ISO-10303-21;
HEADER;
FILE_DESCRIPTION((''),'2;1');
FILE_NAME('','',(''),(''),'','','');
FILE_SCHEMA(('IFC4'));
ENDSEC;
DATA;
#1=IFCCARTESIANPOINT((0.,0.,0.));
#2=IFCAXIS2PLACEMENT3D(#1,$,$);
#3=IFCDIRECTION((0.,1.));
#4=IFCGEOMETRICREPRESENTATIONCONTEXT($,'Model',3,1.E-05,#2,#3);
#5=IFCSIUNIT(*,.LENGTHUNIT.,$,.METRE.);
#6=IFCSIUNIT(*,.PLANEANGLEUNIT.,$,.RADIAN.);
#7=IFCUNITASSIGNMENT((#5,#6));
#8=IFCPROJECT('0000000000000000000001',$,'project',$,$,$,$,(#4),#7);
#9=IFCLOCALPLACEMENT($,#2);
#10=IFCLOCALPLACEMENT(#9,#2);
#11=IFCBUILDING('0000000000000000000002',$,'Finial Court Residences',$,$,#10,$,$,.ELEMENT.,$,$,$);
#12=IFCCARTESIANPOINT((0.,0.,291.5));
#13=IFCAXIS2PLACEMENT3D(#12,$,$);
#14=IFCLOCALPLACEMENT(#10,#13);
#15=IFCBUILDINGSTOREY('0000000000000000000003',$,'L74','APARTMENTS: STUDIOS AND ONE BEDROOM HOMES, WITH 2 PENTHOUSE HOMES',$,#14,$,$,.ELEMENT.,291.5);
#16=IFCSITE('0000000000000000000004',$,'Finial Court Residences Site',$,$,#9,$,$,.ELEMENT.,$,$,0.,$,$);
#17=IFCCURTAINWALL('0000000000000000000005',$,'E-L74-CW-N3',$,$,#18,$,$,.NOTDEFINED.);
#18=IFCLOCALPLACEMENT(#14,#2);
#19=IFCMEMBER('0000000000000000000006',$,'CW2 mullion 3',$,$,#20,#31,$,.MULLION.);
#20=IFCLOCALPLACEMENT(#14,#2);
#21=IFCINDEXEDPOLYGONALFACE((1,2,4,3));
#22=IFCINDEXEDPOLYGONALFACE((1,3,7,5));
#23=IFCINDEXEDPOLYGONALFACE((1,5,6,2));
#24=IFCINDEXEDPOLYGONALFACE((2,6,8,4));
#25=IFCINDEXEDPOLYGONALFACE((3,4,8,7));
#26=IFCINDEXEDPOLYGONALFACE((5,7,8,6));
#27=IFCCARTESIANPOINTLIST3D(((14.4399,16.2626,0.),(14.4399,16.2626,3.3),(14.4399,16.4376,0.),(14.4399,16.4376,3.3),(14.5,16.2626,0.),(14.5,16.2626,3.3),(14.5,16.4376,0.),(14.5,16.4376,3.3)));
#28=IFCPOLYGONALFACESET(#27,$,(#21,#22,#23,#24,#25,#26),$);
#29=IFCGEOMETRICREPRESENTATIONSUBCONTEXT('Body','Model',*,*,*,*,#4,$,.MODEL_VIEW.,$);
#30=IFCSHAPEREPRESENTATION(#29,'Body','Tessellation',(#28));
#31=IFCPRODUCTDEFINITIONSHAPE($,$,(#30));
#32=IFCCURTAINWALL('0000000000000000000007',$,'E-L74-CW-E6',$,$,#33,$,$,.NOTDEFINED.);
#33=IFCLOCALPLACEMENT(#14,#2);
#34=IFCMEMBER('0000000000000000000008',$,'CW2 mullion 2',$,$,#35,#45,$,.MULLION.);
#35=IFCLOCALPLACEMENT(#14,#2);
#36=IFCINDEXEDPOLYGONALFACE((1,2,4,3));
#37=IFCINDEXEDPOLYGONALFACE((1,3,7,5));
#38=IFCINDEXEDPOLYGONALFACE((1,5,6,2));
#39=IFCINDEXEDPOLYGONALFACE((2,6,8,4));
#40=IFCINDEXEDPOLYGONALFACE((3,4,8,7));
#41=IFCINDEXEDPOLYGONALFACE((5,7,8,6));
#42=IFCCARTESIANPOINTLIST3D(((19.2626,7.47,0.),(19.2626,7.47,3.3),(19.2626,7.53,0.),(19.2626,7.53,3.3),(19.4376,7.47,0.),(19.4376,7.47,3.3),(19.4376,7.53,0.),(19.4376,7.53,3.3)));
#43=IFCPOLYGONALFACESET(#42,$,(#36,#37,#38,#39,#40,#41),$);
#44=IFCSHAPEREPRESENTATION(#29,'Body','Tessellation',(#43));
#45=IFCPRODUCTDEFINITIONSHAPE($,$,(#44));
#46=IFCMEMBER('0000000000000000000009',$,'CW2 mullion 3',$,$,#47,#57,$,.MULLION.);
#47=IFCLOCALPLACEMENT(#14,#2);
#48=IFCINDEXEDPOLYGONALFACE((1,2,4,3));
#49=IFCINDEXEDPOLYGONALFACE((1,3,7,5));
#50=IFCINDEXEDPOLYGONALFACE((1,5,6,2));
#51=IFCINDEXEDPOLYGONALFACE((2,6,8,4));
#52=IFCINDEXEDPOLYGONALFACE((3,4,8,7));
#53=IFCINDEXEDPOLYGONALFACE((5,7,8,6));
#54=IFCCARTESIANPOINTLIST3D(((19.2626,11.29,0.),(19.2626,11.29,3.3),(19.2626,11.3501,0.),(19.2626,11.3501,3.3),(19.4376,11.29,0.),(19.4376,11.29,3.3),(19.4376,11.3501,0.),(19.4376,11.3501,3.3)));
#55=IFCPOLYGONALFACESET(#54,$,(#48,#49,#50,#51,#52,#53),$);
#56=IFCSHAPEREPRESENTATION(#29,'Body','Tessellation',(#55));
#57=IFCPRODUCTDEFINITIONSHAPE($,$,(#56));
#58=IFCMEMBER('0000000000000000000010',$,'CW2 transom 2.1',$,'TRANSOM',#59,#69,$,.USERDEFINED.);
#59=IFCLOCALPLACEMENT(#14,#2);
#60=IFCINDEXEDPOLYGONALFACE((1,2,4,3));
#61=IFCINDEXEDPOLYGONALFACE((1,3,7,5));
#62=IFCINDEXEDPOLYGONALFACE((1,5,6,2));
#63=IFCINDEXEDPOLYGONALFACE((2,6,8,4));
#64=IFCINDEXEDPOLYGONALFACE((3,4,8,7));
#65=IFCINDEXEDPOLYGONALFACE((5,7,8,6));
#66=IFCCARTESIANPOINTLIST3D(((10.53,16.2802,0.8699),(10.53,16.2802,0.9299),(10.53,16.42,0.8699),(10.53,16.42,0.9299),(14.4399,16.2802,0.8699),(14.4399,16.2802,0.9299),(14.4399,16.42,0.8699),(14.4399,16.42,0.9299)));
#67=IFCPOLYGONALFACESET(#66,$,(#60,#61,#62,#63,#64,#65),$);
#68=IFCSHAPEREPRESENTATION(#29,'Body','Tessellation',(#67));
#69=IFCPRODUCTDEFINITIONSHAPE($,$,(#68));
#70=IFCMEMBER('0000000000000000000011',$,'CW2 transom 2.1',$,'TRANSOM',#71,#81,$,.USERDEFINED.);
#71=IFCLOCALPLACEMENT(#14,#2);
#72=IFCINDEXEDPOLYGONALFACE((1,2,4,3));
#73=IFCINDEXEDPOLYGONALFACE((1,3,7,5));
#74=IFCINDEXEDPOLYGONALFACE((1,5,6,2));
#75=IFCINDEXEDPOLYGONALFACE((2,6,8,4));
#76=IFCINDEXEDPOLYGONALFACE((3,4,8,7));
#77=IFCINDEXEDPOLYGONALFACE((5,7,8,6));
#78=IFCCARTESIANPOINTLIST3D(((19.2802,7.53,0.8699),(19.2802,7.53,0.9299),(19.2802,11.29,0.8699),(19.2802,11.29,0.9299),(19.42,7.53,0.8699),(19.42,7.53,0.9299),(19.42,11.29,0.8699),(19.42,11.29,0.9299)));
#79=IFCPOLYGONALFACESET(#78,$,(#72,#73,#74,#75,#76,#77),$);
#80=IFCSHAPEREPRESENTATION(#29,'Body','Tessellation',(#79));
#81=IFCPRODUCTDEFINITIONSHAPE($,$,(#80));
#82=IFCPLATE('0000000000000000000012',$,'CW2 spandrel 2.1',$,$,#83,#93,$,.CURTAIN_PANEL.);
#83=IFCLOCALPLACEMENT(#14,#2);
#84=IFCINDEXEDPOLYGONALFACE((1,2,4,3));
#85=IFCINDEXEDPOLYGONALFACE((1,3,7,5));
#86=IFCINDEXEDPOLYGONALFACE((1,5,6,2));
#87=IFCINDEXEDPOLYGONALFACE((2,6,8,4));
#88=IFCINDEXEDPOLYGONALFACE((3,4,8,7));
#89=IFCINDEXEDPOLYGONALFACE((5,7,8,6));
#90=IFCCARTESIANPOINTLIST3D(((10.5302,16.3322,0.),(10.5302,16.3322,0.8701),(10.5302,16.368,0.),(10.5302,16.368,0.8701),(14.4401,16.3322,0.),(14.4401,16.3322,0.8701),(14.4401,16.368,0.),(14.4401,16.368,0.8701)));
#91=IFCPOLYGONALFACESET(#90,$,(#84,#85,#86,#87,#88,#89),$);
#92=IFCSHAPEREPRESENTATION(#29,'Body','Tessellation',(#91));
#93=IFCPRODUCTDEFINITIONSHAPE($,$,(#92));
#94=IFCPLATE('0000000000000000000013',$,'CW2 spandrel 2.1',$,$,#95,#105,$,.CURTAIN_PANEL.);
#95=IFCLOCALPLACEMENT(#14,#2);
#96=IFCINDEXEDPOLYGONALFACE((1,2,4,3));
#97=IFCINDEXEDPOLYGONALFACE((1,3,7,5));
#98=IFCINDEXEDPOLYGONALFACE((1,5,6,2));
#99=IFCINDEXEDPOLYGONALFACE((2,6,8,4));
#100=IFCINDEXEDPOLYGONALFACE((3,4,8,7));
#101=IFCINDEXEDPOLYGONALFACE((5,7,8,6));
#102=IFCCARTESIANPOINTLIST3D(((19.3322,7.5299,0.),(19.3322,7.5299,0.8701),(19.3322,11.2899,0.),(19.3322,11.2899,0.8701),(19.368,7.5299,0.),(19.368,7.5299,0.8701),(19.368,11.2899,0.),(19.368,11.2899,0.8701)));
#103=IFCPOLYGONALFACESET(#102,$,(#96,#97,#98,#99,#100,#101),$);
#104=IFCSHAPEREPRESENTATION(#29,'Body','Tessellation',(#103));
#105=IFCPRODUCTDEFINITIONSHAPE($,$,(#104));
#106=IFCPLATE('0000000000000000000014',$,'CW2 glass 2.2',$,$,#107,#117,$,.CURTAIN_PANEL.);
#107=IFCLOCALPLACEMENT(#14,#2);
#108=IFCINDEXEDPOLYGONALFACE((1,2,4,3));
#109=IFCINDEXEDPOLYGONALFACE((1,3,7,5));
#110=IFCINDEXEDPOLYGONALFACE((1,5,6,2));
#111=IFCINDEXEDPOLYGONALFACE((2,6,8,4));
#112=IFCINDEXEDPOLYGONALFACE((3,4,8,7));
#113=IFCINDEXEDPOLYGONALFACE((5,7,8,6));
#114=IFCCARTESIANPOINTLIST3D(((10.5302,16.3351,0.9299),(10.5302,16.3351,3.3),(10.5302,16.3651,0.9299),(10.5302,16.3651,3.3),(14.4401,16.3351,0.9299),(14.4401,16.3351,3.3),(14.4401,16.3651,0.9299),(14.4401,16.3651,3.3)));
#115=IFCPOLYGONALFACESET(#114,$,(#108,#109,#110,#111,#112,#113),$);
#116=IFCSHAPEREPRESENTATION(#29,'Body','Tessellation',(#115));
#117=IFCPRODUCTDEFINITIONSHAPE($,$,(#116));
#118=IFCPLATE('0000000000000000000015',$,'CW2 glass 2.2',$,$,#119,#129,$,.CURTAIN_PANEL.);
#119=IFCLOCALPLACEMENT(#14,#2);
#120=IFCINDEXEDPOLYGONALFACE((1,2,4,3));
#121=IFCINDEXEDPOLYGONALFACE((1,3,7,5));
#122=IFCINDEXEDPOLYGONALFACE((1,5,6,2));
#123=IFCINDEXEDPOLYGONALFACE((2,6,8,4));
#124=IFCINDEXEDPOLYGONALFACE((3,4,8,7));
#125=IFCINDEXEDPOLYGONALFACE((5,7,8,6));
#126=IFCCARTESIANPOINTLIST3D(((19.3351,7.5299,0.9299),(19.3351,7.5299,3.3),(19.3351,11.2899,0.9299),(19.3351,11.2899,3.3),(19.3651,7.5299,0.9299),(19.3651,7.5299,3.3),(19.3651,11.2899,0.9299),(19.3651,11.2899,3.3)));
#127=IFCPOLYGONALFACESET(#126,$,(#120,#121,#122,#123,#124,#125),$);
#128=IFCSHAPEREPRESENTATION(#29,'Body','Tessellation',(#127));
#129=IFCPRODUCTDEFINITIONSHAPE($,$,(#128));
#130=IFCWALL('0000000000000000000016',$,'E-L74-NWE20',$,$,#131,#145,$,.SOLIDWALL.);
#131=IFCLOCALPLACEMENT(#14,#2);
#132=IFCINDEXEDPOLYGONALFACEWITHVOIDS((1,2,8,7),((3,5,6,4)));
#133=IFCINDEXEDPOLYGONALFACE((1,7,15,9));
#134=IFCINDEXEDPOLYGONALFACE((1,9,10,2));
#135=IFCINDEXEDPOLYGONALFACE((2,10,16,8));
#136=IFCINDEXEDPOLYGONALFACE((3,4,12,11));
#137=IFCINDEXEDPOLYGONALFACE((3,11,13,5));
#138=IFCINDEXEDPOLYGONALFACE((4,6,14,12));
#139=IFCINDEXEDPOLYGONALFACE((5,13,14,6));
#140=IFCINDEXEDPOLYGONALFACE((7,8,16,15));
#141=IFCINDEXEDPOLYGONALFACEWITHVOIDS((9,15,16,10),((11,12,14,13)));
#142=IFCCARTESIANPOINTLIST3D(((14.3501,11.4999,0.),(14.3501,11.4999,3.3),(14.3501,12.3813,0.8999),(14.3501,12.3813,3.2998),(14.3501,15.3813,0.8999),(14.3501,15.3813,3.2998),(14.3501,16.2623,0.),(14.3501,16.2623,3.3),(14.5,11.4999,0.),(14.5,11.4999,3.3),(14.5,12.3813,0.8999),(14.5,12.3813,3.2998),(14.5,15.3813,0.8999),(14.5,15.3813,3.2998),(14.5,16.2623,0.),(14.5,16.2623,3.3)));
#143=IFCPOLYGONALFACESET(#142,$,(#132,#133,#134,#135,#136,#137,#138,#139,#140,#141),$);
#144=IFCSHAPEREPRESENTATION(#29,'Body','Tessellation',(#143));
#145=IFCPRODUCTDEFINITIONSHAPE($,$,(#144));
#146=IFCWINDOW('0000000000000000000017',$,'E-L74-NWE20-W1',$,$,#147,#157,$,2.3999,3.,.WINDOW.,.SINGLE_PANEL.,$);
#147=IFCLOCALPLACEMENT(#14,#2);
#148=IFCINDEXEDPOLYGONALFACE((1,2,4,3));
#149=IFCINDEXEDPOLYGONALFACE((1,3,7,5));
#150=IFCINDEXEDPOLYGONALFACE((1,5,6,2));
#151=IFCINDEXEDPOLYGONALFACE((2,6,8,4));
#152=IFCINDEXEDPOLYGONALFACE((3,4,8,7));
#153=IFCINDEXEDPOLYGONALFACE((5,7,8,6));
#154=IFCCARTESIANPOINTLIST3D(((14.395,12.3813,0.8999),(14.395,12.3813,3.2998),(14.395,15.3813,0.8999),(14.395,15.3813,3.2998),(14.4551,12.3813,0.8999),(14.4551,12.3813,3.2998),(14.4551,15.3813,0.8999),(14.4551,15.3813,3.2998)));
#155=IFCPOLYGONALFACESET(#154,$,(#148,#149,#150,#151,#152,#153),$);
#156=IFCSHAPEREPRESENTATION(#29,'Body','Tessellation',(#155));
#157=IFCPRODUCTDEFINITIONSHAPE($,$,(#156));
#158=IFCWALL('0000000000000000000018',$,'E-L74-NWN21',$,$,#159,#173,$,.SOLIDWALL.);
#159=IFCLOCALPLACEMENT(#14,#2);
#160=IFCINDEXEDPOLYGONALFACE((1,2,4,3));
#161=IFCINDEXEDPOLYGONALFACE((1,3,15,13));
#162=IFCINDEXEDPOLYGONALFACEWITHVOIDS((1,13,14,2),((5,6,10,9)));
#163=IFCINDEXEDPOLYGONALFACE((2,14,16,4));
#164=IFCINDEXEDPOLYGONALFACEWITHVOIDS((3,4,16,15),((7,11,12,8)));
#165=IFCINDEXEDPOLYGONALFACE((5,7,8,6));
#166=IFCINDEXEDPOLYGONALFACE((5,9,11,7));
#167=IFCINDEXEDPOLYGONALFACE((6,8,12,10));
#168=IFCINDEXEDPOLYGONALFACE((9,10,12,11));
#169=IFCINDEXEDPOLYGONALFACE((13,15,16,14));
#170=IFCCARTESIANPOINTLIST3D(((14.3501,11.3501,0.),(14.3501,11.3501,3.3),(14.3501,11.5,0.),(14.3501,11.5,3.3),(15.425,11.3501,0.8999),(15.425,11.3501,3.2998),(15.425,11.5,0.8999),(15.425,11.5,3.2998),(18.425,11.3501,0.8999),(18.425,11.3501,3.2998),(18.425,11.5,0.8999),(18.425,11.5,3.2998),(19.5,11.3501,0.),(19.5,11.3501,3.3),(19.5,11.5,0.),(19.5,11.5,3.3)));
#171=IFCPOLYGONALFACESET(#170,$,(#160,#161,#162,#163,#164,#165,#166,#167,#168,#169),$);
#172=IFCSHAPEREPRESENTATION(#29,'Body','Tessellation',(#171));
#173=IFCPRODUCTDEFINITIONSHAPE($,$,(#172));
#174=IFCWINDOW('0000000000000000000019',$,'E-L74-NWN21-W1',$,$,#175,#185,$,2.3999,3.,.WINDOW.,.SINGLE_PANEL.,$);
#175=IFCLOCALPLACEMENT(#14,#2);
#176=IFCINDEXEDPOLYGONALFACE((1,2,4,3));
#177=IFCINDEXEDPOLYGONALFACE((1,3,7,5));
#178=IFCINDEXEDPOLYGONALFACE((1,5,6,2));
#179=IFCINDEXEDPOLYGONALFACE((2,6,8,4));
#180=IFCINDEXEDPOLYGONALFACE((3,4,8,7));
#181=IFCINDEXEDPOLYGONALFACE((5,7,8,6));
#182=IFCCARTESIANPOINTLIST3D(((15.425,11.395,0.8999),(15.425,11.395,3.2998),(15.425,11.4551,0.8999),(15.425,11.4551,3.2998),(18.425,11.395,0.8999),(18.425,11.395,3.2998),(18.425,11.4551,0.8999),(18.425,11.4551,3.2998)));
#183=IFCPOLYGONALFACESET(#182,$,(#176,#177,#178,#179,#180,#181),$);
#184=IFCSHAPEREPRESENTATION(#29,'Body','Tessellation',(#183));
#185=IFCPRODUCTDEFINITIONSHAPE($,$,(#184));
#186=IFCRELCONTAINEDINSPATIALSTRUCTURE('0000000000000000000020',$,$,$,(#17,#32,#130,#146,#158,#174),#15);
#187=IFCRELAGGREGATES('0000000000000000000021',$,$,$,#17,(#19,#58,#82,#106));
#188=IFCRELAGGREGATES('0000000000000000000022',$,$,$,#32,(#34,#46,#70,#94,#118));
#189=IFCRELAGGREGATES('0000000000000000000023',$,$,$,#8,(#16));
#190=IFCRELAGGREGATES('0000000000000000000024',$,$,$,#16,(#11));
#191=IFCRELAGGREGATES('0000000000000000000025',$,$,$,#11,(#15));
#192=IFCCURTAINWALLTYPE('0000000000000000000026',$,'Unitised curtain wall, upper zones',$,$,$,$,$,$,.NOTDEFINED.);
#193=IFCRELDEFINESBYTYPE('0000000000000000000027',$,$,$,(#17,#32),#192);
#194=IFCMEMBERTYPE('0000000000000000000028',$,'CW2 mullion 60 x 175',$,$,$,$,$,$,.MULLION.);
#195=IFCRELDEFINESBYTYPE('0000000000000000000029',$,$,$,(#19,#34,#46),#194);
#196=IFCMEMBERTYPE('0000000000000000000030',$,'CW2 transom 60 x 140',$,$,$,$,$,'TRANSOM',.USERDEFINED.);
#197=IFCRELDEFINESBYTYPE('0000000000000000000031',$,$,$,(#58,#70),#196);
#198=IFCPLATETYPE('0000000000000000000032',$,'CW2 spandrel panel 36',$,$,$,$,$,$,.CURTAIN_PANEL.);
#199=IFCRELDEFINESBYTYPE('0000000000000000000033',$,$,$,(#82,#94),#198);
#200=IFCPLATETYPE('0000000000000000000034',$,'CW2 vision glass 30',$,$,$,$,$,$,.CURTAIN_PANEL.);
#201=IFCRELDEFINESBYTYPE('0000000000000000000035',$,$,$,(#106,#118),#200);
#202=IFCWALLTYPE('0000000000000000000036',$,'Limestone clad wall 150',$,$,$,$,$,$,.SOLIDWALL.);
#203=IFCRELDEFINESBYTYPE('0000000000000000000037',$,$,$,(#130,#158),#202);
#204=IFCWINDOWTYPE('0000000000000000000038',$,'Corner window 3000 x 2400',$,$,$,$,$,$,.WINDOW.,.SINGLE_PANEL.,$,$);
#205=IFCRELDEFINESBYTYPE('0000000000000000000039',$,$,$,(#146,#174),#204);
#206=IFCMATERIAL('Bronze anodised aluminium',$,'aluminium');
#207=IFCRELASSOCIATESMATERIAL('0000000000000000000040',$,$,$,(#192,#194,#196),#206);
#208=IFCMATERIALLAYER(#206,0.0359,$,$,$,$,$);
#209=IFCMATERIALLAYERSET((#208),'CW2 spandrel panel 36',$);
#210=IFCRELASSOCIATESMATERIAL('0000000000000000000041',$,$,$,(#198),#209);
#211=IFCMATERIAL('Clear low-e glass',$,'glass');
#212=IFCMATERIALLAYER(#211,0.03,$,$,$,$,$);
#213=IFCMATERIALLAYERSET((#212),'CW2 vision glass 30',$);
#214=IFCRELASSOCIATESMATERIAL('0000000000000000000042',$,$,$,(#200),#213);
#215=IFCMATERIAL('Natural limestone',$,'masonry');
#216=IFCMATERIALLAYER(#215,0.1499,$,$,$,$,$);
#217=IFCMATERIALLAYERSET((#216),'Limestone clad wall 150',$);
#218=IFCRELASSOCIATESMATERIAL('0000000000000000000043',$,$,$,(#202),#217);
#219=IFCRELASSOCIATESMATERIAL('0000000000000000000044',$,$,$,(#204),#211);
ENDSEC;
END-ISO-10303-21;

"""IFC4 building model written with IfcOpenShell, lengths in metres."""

from ifc_helpers import new_model, si_unit, direction, frame, frame_2d, origin, origin_2d, place, context, subcontext, project, spatial, rectangle, extrude, material, layer, layer_set, material_profile, profile_set, type_object, element, fill, aggregate, save


model = new_model("IFC4")

# Units and contexts
model_context = context("Model", 3, precision=1e-05, world=origin(), true_north=direction((0.0, 1.0)))
body_context = subcontext(model_context, "Body", "Model", "MODEL_VIEW")
ifc_project = project(units=[si_unit("LENGTHUNIT", "METRE"), si_unit("PLANEANGLEUNIT", "RADIAN")], contexts=[model_context])

# Site, building, storey
site_placement = place(None, origin())
site = spatial("IfcSite", under=ifc_project, at=site_placement, Name="Finial Court Residences Site", CompositionType="ELEMENT", RefElevation=0.0)
building_placement = place(site_placement, origin())
building = spatial("IfcBuilding", under=site, at=building_placement, Name="Finial Court Residences", CompositionType="ELEMENT")
storey_placement = place(building_placement, frame((0.0, 0.0, 291.5)))
storey = spatial("IfcBuildingStorey", under=building, at=storey_placement, Name="L74", Description="APARTMENTS: STUDIOS AND ONE BEDROOM HOMES, WITH 2 PENTHOUSE HOMES", CompositionType="ELEMENT", Elevation=291.5)

# Curtain wall, member
ifc_material_1 = material(Name="Bronze anodised aluminium", Category="aluminium")
curtain_wall_type = type_object("IfcCurtainWallType", Name="Unitised curtain wall, upper zones", PredefinedType="NOTDEFINED", material=ifc_material_1)
curtain_wall_1_placement = place(storey_placement, origin())
curtain_wall_1 = element("IfcCurtainWall", 1, at=curtain_wall_1_placement, inside=storey, type_object=curtain_wall_type, Name="E-L74-CW-N3", PredefinedType="NOTDEFINED")
ifc_material_profile_1 = material_profile(ifc_material_1, rectangle(XDim=0.175, YDim=0.0601, at=origin_2d()), Name="CW2 mullion 60 x 175")
ifc_profile_set_1 = profile_set([ifc_material_profile_1], Name="Bronze anodised aluminium")
member_type_1 = type_object("IfcMemberType", Name="CW2 mullion 60 x 175", PredefinedType="MULLION", material=ifc_profile_set_1)
member_1_placement = place(storey_placement, frame((14.47, 16.3501, 0.0), z_axis=(0.0, 0.0, 1.0), x_axis=(0.0, 1.0, 0.0)))
member_1 = element("IfcMember", 2, at=member_1_placement, type_object=member_type_1, Name="CW2 mullion 3", PredefinedType="MULLION", context=body_context, shape_type="SweptSolid", body=[
    extrude(rectangle(XDim=0.175, YDim=0.0601, at=origin_2d()), origin(), (0.0, 0.0, 1.0), 3.3),
])

# Curtain wall, members
curtain_wall_2_placement = place(storey_placement, origin())
curtain_wall_2 = element("IfcCurtainWall", 3, at=curtain_wall_2_placement, inside=storey, type_object=curtain_wall_type, Name="E-L74-CW-E6", PredefinedType="NOTDEFINED")
member_2_placement = place(storey_placement, frame((19.3501, 7.5, 0.0), z_axis=(0.0, 0.0, 1.0), x_axis=(-1.0, 0.0, 0.0)))
member_2 = element("IfcMember", 4, at=member_2_placement, type_object=member_type_1, Name="CW2 mullion 2", PredefinedType="MULLION", context=body_context, shape_type="SweptSolid", body=[
    extrude(rectangle(XDim=0.175, YDim=0.0601, at=origin_2d()), origin(), (0.0, 0.0, 1.0), 3.3),
])
member_3_placement = place(storey_placement, frame((19.3501, 11.3201, 0.0), z_axis=(0.0, 0.0, 1.0), x_axis=(-1.0, 0.0, 0.0)))
member_3 = element("IfcMember", 5, at=member_3_placement, type_object=member_type_1, Name="CW2 mullion 3", PredefinedType="MULLION", context=body_context, shape_type="SweptSolid", body=[
    extrude(rectangle(XDim=0.175, YDim=0.0601, at=origin_2d()), origin(), (0.0, 0.0, 1.0), 3.3),
])

# Members
ifc_material_profile_2 = material_profile(ifc_material_1, rectangle(XDim=0.1399, YDim=0.0601, at=origin_2d()), Name="CW2 transom 60 x 140")
ifc_profile_set_2 = profile_set([ifc_material_profile_2], Name="Bronze anodised aluminium")
member_type_2 = type_object("IfcMemberType", Name="CW2 transom 60 x 140", ElementType="TRANSOM", PredefinedType="USERDEFINED", material=ifc_profile_set_2)
member_4_placement = place(storey_placement, frame((10.53, 16.3501, 0.8999), z_axis=(1.0, 0.0, 0.0), x_axis=(0.0, 1.0, 0.0)))
member_4 = element("IfcMember", 6, at=member_4_placement, type_object=member_type_2, Name="CW2 transom 2.1", ObjectType="TRANSOM", PredefinedType="USERDEFINED", context=body_context, shape_type="SweptSolid", body=[
    extrude(rectangle(XDim=0.1399, YDim=0.0601, at=origin_2d()), origin(), (0.0, 0.0, 1.0), 3.9099),
])
member_5_placement = place(storey_placement, frame((19.3501, 7.53, 0.8999), z_axis=(0.0, 1.0, 0.0), x_axis=(-1.0, 0.0, 0.0)))
member_5 = element("IfcMember", 7, at=member_5_placement, type_object=member_type_2, Name="CW2 transom 2.1", ObjectType="TRANSOM", PredefinedType="USERDEFINED", context=body_context, shape_type="SweptSolid", body=[
    extrude(rectangle(XDim=0.1399, YDim=0.0601, at=origin_2d()), origin(), (0.0, 0.0, 1.0), 3.76),
])

# Plates
ifc_layer_1 = layer(ifc_material_1, 0.0359)
ifc_layer_set_1 = layer_set([ifc_layer_1], Name="CW2 spandrel panel 36")
plate_type_1 = type_object("IfcPlateType", Name="CW2 spandrel panel 36", PredefinedType="CURTAIN_PANEL", material=ifc_layer_set_1)
plate_1_placement = place(storey_placement, frame((12.4851, 16.3501, 0.0), z_axis=(0.0, 0.0, 1.0), x_axis=(1.0, 0.0, 0.0)))
plate_1 = element("IfcPlate", 8, at=plate_1_placement, type_object=plate_type_1, Name="CW2 spandrel 2.1", PredefinedType="CURTAIN_PANEL", context=body_context, shape_type="SweptSolid", body=[
    extrude(rectangle(XDim=3.9099, YDim=0.0359, at=origin_2d()), origin(), (0.0, 0.0, 1.0), 0.8701),
])
plate_2_placement = place(storey_placement, frame((19.3501, 9.4099, 0.0), z_axis=(0.0, 0.0, 1.0), x_axis=(0.0, 1.0, 0.0)))
plate_2 = element("IfcPlate", 9, at=plate_2_placement, type_object=plate_type_1, Name="CW2 spandrel 2.1", PredefinedType="CURTAIN_PANEL", context=body_context, shape_type="SweptSolid", body=[
    extrude(rectangle(XDim=3.76, YDim=0.0359, at=origin_2d()), origin(), (0.0, 0.0, 1.0), 0.8701),
])
ifc_material_2 = material(Name="Clear low-e glass", Category="glass")
ifc_layer_2 = layer(ifc_material_2, 0.03)
ifc_layer_set_2 = layer_set([ifc_layer_2], Name="CW2 vision glass 30")
plate_type_2 = type_object("IfcPlateType", Name="CW2 vision glass 30", PredefinedType="CURTAIN_PANEL", material=ifc_layer_set_2)
plate_3_placement = place(storey_placement, frame((12.4851, 16.3501, 0.9299), z_axis=(0.0, 0.0, 1.0), x_axis=(1.0, 0.0, 0.0)))
plate_3 = element("IfcPlate", 10, at=plate_3_placement, type_object=plate_type_2, Name="CW2 glass 2.2", PredefinedType="CURTAIN_PANEL", context=body_context, shape_type="SweptSolid", body=[
    extrude(rectangle(XDim=3.9099, YDim=0.03, at=origin_2d()), origin(), (0.0, 0.0, 1.0), 2.3701),
])
aggregate(curtain_wall_1, [member_1, member_4, plate_1, plate_3])
plate_4_placement = place(storey_placement, frame((19.3501, 9.4099, 0.9299), z_axis=(0.0, 0.0, 1.0), x_axis=(0.0, 1.0, 0.0)))
plate_4 = element("IfcPlate", 11, at=plate_4_placement, type_object=plate_type_2, Name="CW2 glass 2.2", PredefinedType="CURTAIN_PANEL", context=body_context, shape_type="SweptSolid", body=[
    extrude(rectangle(XDim=3.76, YDim=0.03, at=origin_2d()), origin(), (0.0, 0.0, 1.0), 2.3701),
])
aggregate(curtain_wall_2, [member_2, member_3, member_5, plate_2, plate_4])

# Walls, openings, windows
ifc_material_3 = material(Name="Natural limestone", Category="masonry")
ifc_layer_3 = layer(ifc_material_3, 0.1499)
ifc_layer_set_3 = layer_set([ifc_layer_3], Name="Limestone clad wall 150")
wall_type = type_object("IfcWallType", Name="Limestone clad wall 150", PredefinedType="SOLIDWALL", material=ifc_layer_set_3)
wall_1_placement = place(storey_placement, frame((14.425, 16.2625, 0.0), z_axis=(0.0, 0.0, 1.0), x_axis=(0.0, -1.0, 0.0)))
wall_1 = element("IfcWall", 12, at=wall_1_placement, inside=storey, type_object=wall_type, Name="E-L74-NWE20", PredefinedType="SOLIDWALL", context=body_context, shape_type="SweptSolid", body=[
    extrude(rectangle(XDim=4.7625, YDim=0.1499, at=frame_2d((2.3813, 0.0))), origin(), (0.0, 0.0, 1.0), 3.3),
])
opening_1_placement = place(wall_1_placement, frame((0.8811, 0.0, 0.8999)))
opening_1 = element("IfcOpeningElement", 13, at=opening_1_placement, cuts=wall_1, PredefinedType="OPENING", context=body_context, shape_type="SweptSolid", body=[
    extrude(rectangle(XDim=3.0, YDim=2.3999, at=frame_2d((1.5, 1.2))), frame((0.0, 0.085, 0.0), z_axis=(0.0, -1.0, 0.0), x_axis=(1.0, 0.0, 0.0)), (0.0, 0.0, 1.0), 0.1699),
])
window_type = type_object("IfcWindowType", Name="Corner window 3000 x 2400", PartitioningType="SINGLE_PANEL", PredefinedType="WINDOW", material=ifc_material_2)
window_1_placement = place(opening_1_placement, origin())
window_1 = element("IfcWindow", 14, at=window_1_placement, inside=storey, type_object=window_type, Name="E-L74-NWE20-W1", OverallHeight=2.3999, OverallWidth=3.0, PartitioningType="SINGLE_PANEL", PredefinedType="WINDOW", context=body_context, shape_type="SweptSolid", body=[
    extrude(rectangle(XDim=3.0, YDim=2.3999, at=frame_2d((1.5, 1.2))), frame((0.0, 0.03, 0.0), z_axis=(0.0, -1.0, 0.0), x_axis=(1.0, 0.0, 0.0)), (0.0, 0.0, 1.0), 0.0601),
])
fill(opening_1, window_1)
wall_2_placement = place(storey_placement, frame((14.3501, 11.425, 0.0), z_axis=(0.0, 0.0, 1.0), x_axis=(1.0, 0.0, 0.0)))
wall_2 = element("IfcWall", 15, at=wall_2_placement, inside=storey, type_object=wall_type, Name="E-L74-NWN21", PredefinedType="SOLIDWALL", context=body_context, shape_type="SweptSolid", body=[
    extrude(rectangle(XDim=5.1499, YDim=0.1499, at=frame_2d((2.575, 0.0))), origin(), (0.0, 0.0, 1.0), 3.3),
])
opening_2_placement = place(wall_2_placement, frame((1.075, 0.0, 0.8999)))
opening_2 = element("IfcOpeningElement", 16, at=opening_2_placement, cuts=wall_2, PredefinedType="OPENING", context=body_context, shape_type="SweptSolid", body=[
    extrude(rectangle(XDim=3.0, YDim=2.3999, at=frame_2d((1.5, 1.2))), frame((0.0, 0.085, 0.0), z_axis=(0.0, -1.0, 0.0), x_axis=(1.0, 0.0, 0.0)), (0.0, 0.0, 1.0), 0.1699),
])
window_2_placement = place(opening_2_placement, origin())
window_2 = element("IfcWindow", 17, at=window_2_placement, inside=storey, type_object=window_type, Name="E-L74-NWN21-W1", OverallHeight=2.3999, OverallWidth=3.0, PartitioningType="SINGLE_PANEL", PredefinedType="WINDOW", context=body_context, shape_type="SweptSolid", body=[
    extrude(rectangle(XDim=3.0, YDim=2.3999, at=frame_2d((1.5, 1.2))), frame((0.0, 0.03, 0.0), z_axis=(0.0, -1.0, 0.0), x_axis=(1.0, 0.0, 0.0)), (0.0, 0.0, 1.0), 0.0601),
])
fill(opening_2, window_2)

save(model, "model.ifc")
